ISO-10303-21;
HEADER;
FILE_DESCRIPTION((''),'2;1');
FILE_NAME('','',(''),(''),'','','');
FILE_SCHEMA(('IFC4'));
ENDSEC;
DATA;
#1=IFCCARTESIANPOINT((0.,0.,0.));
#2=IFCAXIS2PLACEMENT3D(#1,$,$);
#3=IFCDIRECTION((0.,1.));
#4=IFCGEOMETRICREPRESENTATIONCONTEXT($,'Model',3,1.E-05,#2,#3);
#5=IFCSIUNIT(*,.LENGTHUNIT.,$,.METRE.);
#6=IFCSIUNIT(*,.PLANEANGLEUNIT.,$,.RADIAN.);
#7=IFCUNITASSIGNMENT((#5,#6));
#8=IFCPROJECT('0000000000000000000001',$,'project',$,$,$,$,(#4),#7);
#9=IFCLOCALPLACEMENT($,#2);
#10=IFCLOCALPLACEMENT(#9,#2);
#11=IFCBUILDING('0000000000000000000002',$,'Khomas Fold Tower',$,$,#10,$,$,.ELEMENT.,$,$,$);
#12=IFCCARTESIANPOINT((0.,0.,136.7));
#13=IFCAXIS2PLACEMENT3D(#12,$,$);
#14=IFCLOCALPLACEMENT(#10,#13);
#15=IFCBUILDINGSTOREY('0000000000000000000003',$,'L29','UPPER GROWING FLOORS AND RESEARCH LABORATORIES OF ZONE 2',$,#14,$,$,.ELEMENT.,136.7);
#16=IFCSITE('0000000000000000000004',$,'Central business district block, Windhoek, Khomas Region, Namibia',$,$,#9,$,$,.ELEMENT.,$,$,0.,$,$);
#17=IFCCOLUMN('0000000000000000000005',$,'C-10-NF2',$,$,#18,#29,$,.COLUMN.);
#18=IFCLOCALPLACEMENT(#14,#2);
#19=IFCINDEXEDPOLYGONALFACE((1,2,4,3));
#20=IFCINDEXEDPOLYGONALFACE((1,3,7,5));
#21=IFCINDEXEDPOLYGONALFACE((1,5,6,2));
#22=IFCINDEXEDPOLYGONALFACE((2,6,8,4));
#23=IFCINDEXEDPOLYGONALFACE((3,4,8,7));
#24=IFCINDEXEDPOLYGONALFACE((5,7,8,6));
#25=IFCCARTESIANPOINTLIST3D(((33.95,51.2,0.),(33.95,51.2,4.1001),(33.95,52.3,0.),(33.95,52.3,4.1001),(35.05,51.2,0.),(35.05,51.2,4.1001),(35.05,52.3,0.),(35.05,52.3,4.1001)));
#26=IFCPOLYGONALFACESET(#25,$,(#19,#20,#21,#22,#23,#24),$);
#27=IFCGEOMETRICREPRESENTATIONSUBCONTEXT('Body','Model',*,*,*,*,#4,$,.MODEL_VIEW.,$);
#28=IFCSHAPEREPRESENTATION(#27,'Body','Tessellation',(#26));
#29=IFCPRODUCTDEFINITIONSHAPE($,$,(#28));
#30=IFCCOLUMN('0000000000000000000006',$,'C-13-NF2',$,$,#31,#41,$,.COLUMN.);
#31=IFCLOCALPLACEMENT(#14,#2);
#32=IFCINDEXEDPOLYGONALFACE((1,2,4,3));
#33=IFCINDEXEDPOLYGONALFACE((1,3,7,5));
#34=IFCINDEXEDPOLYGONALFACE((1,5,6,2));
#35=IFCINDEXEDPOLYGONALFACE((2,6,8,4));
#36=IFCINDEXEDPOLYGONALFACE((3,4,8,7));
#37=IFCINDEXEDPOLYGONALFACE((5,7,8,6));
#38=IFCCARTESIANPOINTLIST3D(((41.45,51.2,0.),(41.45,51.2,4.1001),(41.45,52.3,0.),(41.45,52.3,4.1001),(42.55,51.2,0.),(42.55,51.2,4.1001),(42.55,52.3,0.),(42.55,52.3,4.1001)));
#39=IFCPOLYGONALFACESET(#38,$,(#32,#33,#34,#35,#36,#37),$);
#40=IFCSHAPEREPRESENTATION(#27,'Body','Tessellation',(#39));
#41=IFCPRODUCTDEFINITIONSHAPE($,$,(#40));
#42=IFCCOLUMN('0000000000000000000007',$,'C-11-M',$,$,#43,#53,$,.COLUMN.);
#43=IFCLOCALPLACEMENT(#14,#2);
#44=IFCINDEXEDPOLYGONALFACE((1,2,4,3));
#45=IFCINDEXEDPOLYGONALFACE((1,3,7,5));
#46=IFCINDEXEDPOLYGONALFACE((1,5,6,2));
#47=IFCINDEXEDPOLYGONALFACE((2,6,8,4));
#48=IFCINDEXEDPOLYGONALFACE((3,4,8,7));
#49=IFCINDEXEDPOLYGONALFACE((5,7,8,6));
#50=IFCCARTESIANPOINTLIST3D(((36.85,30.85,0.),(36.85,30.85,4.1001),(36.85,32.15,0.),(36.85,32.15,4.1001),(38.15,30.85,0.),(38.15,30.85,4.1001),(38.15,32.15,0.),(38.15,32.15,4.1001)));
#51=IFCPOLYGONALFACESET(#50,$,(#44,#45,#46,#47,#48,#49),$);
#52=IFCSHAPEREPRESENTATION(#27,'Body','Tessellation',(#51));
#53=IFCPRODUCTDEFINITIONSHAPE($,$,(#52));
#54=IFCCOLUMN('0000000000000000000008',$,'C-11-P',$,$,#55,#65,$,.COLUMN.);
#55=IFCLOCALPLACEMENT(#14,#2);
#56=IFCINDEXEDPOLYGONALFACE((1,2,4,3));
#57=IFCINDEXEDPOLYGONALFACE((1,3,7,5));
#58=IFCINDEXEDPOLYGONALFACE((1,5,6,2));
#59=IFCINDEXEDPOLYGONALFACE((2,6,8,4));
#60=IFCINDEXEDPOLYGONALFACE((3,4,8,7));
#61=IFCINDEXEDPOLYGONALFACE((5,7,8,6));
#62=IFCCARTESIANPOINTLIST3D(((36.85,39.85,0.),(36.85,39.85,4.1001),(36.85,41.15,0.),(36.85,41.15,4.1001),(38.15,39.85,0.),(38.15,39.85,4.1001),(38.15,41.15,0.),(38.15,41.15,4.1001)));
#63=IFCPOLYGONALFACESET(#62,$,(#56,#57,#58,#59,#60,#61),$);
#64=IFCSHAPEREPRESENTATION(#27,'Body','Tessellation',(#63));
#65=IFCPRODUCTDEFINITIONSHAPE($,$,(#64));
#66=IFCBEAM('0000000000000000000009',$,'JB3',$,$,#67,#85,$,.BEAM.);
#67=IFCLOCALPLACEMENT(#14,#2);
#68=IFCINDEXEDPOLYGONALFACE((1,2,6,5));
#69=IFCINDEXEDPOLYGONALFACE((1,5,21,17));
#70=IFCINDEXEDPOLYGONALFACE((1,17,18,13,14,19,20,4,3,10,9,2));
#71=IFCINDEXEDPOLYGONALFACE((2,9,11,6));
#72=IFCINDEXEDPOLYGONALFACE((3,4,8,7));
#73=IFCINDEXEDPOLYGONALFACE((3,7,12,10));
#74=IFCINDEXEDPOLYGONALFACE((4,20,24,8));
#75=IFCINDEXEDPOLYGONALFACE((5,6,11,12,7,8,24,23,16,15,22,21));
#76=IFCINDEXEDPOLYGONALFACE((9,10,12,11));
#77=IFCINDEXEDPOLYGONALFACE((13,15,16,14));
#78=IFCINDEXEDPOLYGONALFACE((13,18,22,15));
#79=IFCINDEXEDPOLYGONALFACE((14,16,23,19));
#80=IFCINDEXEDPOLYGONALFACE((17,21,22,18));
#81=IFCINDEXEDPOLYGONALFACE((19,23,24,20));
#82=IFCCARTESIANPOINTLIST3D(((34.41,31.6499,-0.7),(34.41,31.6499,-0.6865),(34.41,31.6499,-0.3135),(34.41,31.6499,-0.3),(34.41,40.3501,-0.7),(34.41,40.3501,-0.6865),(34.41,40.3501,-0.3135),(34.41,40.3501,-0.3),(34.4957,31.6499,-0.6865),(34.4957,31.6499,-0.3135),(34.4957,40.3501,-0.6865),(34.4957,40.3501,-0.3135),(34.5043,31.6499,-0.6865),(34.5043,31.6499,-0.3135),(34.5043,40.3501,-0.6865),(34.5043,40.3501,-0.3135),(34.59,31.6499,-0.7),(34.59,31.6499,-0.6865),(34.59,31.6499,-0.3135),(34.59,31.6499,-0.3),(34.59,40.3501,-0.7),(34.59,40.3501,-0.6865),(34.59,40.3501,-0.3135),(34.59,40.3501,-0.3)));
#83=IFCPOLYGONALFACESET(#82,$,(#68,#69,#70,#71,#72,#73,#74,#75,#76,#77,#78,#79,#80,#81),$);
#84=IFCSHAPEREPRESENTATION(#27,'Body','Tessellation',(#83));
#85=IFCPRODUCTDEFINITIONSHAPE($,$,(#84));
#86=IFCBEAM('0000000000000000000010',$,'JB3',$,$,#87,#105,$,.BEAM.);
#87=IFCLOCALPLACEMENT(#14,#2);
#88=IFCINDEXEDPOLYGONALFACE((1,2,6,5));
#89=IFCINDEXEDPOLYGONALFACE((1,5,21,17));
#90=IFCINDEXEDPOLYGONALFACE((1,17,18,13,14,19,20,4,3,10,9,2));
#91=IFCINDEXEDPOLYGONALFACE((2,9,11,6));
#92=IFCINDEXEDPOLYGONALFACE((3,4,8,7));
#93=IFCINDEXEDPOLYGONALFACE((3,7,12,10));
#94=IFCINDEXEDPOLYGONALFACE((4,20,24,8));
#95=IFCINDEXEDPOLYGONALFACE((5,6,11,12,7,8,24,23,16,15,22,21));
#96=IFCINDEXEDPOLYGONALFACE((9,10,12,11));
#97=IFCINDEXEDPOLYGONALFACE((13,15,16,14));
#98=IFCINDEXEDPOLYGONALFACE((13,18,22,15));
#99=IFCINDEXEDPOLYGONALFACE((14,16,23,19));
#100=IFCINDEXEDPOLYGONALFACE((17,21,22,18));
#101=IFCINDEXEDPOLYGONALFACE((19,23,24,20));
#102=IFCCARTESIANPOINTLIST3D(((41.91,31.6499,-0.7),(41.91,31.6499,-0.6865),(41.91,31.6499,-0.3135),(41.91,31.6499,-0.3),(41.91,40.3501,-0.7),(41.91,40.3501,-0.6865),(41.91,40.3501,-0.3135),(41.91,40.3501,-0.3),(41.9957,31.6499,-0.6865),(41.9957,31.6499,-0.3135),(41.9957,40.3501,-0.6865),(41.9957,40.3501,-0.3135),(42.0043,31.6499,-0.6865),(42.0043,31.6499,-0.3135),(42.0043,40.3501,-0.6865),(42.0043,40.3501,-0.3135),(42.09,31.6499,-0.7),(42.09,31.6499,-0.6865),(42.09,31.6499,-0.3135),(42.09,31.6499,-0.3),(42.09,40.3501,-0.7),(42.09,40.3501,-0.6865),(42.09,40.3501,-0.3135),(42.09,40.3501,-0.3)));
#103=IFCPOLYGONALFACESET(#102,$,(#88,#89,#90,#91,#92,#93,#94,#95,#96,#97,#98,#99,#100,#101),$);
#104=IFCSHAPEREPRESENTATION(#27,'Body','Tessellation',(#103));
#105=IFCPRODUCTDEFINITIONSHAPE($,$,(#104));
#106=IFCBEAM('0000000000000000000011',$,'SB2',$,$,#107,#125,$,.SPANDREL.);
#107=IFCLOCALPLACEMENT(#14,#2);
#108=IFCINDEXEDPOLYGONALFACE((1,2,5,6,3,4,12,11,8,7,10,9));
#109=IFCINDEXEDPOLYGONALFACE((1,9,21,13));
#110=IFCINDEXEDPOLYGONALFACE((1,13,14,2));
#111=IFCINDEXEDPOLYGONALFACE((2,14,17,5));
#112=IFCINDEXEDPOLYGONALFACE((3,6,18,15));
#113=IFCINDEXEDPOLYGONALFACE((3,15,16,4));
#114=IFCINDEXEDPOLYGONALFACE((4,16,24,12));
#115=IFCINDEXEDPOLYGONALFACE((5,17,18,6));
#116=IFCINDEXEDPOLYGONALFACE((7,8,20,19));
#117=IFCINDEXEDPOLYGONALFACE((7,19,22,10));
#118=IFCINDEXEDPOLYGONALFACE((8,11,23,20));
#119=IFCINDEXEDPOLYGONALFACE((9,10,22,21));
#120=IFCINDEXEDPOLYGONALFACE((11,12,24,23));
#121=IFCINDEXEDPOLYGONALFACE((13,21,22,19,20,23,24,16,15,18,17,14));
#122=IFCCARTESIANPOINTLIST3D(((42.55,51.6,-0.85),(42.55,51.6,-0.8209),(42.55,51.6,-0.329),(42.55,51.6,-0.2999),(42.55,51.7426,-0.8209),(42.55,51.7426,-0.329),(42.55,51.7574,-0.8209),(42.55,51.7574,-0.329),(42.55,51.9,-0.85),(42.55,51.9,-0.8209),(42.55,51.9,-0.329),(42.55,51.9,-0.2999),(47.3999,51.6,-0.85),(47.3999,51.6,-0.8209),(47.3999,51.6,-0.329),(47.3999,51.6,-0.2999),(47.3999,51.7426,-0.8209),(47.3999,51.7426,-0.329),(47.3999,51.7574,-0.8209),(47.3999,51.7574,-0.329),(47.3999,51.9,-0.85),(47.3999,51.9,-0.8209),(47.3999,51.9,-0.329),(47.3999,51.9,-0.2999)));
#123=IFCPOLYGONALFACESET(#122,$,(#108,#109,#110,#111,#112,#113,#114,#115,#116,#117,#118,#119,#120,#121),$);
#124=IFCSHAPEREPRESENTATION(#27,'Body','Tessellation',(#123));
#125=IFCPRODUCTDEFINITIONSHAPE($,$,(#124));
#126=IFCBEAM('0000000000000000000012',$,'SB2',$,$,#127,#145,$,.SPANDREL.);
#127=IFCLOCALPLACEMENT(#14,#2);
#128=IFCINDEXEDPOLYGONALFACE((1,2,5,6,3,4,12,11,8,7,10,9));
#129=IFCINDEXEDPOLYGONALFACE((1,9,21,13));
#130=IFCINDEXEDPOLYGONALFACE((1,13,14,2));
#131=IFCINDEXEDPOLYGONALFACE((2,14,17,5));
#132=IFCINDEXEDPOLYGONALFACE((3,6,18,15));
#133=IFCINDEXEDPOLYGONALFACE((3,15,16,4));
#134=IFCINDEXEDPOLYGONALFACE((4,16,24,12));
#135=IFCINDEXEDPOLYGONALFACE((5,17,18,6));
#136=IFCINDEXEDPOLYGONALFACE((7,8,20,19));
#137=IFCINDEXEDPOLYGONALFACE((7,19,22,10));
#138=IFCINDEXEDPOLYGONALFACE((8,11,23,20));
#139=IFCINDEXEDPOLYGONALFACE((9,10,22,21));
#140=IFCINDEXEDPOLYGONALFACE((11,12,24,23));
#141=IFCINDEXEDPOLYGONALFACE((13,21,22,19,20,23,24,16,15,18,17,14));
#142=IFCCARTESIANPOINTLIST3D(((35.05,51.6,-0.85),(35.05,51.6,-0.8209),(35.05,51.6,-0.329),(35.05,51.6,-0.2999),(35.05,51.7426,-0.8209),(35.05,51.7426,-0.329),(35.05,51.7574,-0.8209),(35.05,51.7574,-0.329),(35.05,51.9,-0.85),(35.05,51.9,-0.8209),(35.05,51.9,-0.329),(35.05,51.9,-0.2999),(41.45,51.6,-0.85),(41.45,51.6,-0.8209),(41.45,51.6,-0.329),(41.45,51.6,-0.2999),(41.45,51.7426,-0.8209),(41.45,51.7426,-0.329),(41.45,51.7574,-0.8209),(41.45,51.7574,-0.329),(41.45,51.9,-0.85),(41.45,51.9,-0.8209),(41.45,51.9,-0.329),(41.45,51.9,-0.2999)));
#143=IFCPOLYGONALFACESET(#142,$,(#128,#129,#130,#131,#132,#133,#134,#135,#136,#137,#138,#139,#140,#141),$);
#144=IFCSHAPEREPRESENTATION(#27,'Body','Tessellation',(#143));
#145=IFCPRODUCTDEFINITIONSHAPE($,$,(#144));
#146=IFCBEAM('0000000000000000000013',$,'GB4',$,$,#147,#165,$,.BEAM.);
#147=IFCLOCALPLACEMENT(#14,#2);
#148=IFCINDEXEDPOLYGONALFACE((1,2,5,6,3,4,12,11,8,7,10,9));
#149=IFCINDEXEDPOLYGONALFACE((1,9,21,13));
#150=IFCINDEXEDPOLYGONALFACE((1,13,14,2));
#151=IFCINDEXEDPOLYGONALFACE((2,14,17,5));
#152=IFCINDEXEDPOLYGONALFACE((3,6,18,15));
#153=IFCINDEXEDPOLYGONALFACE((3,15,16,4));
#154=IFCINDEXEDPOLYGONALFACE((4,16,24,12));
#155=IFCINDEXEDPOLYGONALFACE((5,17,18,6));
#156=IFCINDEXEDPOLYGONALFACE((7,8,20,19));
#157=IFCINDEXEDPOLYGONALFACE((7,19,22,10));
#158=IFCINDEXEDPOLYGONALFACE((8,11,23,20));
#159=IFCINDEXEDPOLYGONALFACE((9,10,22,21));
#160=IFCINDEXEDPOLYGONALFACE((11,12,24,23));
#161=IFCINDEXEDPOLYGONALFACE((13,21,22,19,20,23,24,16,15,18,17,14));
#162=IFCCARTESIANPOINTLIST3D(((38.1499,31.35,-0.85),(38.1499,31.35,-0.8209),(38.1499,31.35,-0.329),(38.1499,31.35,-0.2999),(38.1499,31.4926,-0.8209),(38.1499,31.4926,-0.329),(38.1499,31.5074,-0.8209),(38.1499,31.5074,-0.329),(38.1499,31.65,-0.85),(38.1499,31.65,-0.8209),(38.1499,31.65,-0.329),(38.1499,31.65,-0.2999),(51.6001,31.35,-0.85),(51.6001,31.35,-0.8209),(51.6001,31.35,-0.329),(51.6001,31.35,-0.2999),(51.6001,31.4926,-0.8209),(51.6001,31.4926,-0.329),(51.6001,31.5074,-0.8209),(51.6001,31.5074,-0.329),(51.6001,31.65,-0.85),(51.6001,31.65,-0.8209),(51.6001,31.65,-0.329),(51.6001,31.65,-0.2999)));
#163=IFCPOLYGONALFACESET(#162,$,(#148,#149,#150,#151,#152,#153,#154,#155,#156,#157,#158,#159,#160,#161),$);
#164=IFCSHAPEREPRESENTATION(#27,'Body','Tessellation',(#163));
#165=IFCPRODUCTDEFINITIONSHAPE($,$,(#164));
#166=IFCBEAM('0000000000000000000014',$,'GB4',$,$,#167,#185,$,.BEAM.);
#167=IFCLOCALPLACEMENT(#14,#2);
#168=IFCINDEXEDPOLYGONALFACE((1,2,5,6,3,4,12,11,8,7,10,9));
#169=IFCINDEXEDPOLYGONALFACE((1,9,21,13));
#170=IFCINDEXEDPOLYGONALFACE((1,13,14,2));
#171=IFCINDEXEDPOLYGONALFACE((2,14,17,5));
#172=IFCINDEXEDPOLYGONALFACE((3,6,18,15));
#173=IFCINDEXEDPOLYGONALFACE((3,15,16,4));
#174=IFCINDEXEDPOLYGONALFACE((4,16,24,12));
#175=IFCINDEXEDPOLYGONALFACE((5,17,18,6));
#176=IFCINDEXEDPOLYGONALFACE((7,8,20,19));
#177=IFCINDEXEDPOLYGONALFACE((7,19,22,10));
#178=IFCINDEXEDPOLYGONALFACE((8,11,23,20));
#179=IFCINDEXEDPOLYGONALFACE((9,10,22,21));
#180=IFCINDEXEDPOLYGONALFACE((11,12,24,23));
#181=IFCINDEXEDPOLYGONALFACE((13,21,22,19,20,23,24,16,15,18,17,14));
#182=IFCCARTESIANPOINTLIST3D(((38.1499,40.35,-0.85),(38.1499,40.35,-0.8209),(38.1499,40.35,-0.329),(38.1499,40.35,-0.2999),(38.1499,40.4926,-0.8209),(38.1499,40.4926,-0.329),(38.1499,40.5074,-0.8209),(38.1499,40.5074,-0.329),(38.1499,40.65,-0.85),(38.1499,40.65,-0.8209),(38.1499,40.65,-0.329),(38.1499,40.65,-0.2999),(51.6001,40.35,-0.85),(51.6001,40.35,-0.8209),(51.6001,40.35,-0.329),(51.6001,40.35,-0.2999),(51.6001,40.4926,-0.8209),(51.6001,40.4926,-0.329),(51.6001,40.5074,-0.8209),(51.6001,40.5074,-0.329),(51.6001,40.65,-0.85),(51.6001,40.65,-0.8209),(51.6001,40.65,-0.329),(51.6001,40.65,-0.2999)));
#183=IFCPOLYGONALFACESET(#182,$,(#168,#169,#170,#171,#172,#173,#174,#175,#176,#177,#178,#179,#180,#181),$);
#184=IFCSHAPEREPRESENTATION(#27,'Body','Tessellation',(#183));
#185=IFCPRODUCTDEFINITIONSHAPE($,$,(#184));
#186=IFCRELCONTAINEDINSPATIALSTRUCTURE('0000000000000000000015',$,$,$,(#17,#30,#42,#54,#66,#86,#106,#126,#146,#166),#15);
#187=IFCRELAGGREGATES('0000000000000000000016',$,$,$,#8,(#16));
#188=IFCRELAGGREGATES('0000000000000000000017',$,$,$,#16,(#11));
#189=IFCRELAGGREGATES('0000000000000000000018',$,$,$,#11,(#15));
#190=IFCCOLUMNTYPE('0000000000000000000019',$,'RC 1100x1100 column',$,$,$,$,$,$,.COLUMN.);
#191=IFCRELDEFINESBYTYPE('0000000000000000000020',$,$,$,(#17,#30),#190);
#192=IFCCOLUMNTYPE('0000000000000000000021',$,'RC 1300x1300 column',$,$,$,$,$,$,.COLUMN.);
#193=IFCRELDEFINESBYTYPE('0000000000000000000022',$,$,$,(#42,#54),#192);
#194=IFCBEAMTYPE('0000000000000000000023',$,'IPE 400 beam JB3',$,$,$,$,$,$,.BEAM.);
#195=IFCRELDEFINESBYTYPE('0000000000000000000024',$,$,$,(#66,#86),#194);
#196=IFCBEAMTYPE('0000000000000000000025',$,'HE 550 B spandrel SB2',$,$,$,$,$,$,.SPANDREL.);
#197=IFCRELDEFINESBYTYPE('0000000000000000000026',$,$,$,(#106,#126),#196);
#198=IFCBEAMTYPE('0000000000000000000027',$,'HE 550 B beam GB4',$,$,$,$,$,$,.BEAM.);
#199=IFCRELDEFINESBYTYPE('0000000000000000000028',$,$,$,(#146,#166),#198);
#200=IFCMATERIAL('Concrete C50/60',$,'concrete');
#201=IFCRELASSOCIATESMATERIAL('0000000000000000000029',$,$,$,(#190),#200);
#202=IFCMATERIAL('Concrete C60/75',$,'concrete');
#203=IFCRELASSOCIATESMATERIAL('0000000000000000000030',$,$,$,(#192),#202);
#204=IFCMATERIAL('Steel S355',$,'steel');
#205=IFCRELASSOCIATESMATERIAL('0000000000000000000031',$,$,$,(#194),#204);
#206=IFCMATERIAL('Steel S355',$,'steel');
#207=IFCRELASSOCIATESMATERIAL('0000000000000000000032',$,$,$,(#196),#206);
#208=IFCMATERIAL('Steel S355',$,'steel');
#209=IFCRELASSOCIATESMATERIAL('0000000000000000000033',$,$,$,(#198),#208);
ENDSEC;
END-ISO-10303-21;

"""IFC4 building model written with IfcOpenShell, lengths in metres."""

from ifc_helpers import new_model, si_unit, direction, frame, origin, origin_2d, place, context, subcontext, project, spatial, rectangle, i_section, extrude, source, transform, mapped, material, material_profile, profile_set, type_object, element, save


model = new_model("IFC4")

# Units and contexts
model_context = context("Model", 3, precision=1e-05, world=origin(), true_north=direction((0.0, 1.0)))
body_context = subcontext(model_context, "Body", "Model", "MODEL_VIEW")
ifc_project = project(units=[si_unit("LENGTHUNIT", "METRE"), si_unit("PLANEANGLEUNIT", "RADIAN")], contexts=[model_context])

# Site, building, storey
site_placement = place(None, origin())
site = spatial("IfcSite", under=ifc_project, at=site_placement, Name="Central business district block, Windhoek, Khomas Region, Namibia", CompositionType="ELEMENT", RefElevation=0.0)
building_placement = place(site_placement, origin())
building = spatial("IfcBuilding", under=site, at=building_placement, Name="Khomas Fold Tower", CompositionType="ELEMENT")
storey_placement = place(building_placement, frame((0.0, 0.0, 136.7)))
storey = spatial("IfcBuildingStorey", under=building, at=storey_placement, Name="L29", Description="UPPER GROWING FLOORS AND RESEARCH LABORATORIES OF ZONE 2", CompositionType="ELEMENT", Elevation=136.7)

# Columns
ifc_material_1 = material(Name="Concrete C50/60", Category="concrete")
ifc_material_profile_1 = material_profile(ifc_material_1, rectangle(XDim=1.1001, YDim=1.1001, at=origin_2d()), Name="RC 1100x1100")
ifc_profile_set_1 = profile_set([ifc_material_profile_1], Name="Concrete C50/60")
column_type_1 = type_object("IfcColumnType", Name="RC 1100x1100 column", PredefinedType="COLUMN", material=ifc_profile_set_1)
shared_shape_1 = source(origin(), body_context, "Body", "SweptSolid", [
    extrude(rectangle(XDim=1.1001, YDim=1.1001, at=origin_2d()), origin(), (0.0, 0.0, 1.0), 4.1001),
])
for number, where, z_axis, x_axis, name in (
    (1, (34.5, 51.75, 0.0), (0.0, 0.0, 1.0), (1.0, 0.0, 0.0), "C-10-NF2"),
    (2, (42.0, 51.75, 0.0), (0.0, 0.0, 1.0), (1.0, 0.0, 0.0), "C-13-NF2"),
):
    element("IfcColumn", number, at=place(storey_placement, frame(where, z_axis=z_axis, x_axis=x_axis)), inside=storey, type_object=column_type_1, Name=name, PredefinedType="COLUMN", context=body_context, shape_type="MappedRepresentation", body=[
        mapped(shared_shape_1, transform((0.0, 0.0, 0.0))),
    ])
ifc_material_2 = material(Name="Concrete C60/75", Category="concrete")
ifc_material_profile_2 = material_profile(ifc_material_2, rectangle(XDim=1.3, YDim=1.3, at=origin_2d()), Name="RC 1300x1300")
ifc_profile_set_2 = profile_set([ifc_material_profile_2], Name="Concrete C60/75")
column_type_2 = type_object("IfcColumnType", Name="RC 1300x1300 column", PredefinedType="COLUMN", material=ifc_profile_set_2)
shared_shape_2 = source(origin(), body_context, "Body", "SweptSolid", [
    extrude(rectangle(XDim=1.3, YDim=1.3, at=origin_2d()), origin(), (0.0, 0.0, 1.0), 4.1001),
])
for number, where, z_axis, x_axis, name in (
    (3, (37.5, 31.5, 0.0), (0.0, 0.0, 1.0), (1.0, 0.0, 0.0), "C-11-M"),
    (4, (37.5, 40.5, 0.0), (0.0, 0.0, 1.0), (1.0, 0.0, 0.0), "C-11-P"),
):
    element("IfcColumn", number, at=place(storey_placement, frame(where, z_axis=z_axis, x_axis=x_axis)), inside=storey, type_object=column_type_2, Name=name, PredefinedType="COLUMN", context=body_context, shape_type="MappedRepresentation", body=[
        mapped(shared_shape_2, transform((0.0, 0.0, 0.0))),
    ])

# Beams
ifc_material_3 = material(Name="Steel S355", Category="steel")
ifc_material_profile_3 = material_profile(ifc_material_3, i_section(OverallWidth=0.1799, OverallDepth=0.3999, WebThickness=0.0085, FlangeThickness=0.0134, at=origin_2d()), Name="IPE 400")
ifc_profile_set_3 = profile_set([ifc_material_profile_3], Name="Steel S355")
beam_type_1 = type_object("IfcBeamType", Name="IPE 400 beam JB3", PredefinedType="BEAM", material=ifc_profile_set_3)
shared_shape_3 = source(origin(), body_context, "Body", "SweptSolid", [
    extrude(i_section(OverallWidth=0.1799, OverallDepth=0.3999, WebThickness=0.0085, FlangeThickness=0.0134, at=origin_2d()), origin(), (0.0, 0.0, 1.0), 8.7002),
])
for number, where, z_axis, x_axis, name in (
    (5, (34.5, 31.6499, -0.5), (0.0, 1.0, 0.0), (-1.0, 0.0, 0.0), "JB3"),
    (6, (42.0, 31.6499, -0.5), (0.0, 1.0, 0.0), (-1.0, 0.0, 0.0), "JB3"),
):
    element("IfcBeam", number, at=place(storey_placement, frame(where, z_axis=z_axis, x_axis=x_axis)), inside=storey, type_object=beam_type_1, Name=name, PredefinedType="BEAM", context=body_context, shape_type="MappedRepresentation", body=[
        mapped(shared_shape_3, transform((0.0, 0.0, 0.0))),
    ])
ifc_material_4 = material(Name="Steel S355", Category="steel")
ifc_material_profile_4 = material_profile(ifc_material_4, i_section(OverallWidth=0.3, OverallDepth=0.55, WebThickness=0.0149, FlangeThickness=0.0291, at=origin_2d()), Name="HE 550 B")
ifc_profile_set_4 = profile_set([ifc_material_profile_4], Name="Steel S355")
beam_type_2 = type_object("IfcBeamType", Name="HE 550 B spandrel SB2", PredefinedType="SPANDREL", material=ifc_profile_set_4)
shared_shape_4 = source(origin(), body_context, "Body", "SweptSolid", [
    extrude(i_section(OverallWidth=0.3, OverallDepth=0.55, WebThickness=0.0149, FlangeThickness=0.0291, at=origin_2d()), origin(), (0.0, 0.0, 1.0), 4.8499),
])
beam_1_placement = place(storey_placement, frame((42.55, 51.75, -0.575), z_axis=(1.0, 0.0, 0.0), x_axis=(0.0, 1.0, 0.0)))
element("IfcBeam", 7, at=beam_1_placement, inside=storey, type_object=beam_type_2, Name="SB2", PredefinedType="SPANDREL", context=body_context, shape_type="MappedRepresentation", body=[
    mapped(shared_shape_4, transform((0.0, 0.0, 0.0))),
])
shared_shape_5 = source(origin(), body_context, "Body", "SweptSolid", [
    extrude(i_section(OverallWidth=0.3, OverallDepth=0.55, WebThickness=0.0149, FlangeThickness=0.0291, at=origin_2d()), origin(), (0.0, 0.0, 1.0), 6.3999),
])
beam_2_placement = place(storey_placement, frame((35.05, 51.75, -0.575), z_axis=(1.0, 0.0, 0.0), x_axis=(0.0, 1.0, 0.0)))
element("IfcBeam", 8, at=beam_2_placement, inside=storey, type_object=beam_type_2, Name="SB2", PredefinedType="SPANDREL", context=body_context, shape_type="MappedRepresentation", body=[
    mapped(shared_shape_5, transform((0.0, 0.0, 0.0))),
])
ifc_material_5 = material(Name="Steel S355", Category="steel")
ifc_material_profile_5 = material_profile(ifc_material_5, i_section(OverallWidth=0.3, OverallDepth=0.55, WebThickness=0.0149, FlangeThickness=0.0291, at=origin_2d()), Name="HE 550 B")
ifc_profile_set_5 = profile_set([ifc_material_profile_5], Name="Steel S355")
beam_type_3 = type_object("IfcBeamType", Name="HE 550 B beam GB4", PredefinedType="BEAM", material=ifc_profile_set_5)
shared_shape_6 = source(origin(), body_context, "Body", "SweptSolid", [
    extrude(i_section(OverallWidth=0.3, OverallDepth=0.55, WebThickness=0.0149, FlangeThickness=0.0291, at=origin_2d()), origin(), (0.0, 0.0, 1.0), 13.4502),
])
for number, where, z_axis, x_axis, name in (
    (9, (38.1499, 31.5, -0.575), (1.0, 0.0, 0.0), (0.0, 1.0, 0.0), "GB4"),
    (10, (38.1499, 40.5, -0.575), (1.0, 0.0, 0.0), (0.0, 1.0, 0.0), "GB4"),
):
    element("IfcBeam", number, at=place(storey_placement, frame(where, z_axis=z_axis, x_axis=x_axis)), inside=storey, type_object=beam_type_3, Name=name, PredefinedType="BEAM", context=body_context, shape_type="MappedRepresentation", body=[
        mapped(shared_shape_6, transform((0.0, 0.0, 0.0))),
    ])

save(model, "model.ifc")
